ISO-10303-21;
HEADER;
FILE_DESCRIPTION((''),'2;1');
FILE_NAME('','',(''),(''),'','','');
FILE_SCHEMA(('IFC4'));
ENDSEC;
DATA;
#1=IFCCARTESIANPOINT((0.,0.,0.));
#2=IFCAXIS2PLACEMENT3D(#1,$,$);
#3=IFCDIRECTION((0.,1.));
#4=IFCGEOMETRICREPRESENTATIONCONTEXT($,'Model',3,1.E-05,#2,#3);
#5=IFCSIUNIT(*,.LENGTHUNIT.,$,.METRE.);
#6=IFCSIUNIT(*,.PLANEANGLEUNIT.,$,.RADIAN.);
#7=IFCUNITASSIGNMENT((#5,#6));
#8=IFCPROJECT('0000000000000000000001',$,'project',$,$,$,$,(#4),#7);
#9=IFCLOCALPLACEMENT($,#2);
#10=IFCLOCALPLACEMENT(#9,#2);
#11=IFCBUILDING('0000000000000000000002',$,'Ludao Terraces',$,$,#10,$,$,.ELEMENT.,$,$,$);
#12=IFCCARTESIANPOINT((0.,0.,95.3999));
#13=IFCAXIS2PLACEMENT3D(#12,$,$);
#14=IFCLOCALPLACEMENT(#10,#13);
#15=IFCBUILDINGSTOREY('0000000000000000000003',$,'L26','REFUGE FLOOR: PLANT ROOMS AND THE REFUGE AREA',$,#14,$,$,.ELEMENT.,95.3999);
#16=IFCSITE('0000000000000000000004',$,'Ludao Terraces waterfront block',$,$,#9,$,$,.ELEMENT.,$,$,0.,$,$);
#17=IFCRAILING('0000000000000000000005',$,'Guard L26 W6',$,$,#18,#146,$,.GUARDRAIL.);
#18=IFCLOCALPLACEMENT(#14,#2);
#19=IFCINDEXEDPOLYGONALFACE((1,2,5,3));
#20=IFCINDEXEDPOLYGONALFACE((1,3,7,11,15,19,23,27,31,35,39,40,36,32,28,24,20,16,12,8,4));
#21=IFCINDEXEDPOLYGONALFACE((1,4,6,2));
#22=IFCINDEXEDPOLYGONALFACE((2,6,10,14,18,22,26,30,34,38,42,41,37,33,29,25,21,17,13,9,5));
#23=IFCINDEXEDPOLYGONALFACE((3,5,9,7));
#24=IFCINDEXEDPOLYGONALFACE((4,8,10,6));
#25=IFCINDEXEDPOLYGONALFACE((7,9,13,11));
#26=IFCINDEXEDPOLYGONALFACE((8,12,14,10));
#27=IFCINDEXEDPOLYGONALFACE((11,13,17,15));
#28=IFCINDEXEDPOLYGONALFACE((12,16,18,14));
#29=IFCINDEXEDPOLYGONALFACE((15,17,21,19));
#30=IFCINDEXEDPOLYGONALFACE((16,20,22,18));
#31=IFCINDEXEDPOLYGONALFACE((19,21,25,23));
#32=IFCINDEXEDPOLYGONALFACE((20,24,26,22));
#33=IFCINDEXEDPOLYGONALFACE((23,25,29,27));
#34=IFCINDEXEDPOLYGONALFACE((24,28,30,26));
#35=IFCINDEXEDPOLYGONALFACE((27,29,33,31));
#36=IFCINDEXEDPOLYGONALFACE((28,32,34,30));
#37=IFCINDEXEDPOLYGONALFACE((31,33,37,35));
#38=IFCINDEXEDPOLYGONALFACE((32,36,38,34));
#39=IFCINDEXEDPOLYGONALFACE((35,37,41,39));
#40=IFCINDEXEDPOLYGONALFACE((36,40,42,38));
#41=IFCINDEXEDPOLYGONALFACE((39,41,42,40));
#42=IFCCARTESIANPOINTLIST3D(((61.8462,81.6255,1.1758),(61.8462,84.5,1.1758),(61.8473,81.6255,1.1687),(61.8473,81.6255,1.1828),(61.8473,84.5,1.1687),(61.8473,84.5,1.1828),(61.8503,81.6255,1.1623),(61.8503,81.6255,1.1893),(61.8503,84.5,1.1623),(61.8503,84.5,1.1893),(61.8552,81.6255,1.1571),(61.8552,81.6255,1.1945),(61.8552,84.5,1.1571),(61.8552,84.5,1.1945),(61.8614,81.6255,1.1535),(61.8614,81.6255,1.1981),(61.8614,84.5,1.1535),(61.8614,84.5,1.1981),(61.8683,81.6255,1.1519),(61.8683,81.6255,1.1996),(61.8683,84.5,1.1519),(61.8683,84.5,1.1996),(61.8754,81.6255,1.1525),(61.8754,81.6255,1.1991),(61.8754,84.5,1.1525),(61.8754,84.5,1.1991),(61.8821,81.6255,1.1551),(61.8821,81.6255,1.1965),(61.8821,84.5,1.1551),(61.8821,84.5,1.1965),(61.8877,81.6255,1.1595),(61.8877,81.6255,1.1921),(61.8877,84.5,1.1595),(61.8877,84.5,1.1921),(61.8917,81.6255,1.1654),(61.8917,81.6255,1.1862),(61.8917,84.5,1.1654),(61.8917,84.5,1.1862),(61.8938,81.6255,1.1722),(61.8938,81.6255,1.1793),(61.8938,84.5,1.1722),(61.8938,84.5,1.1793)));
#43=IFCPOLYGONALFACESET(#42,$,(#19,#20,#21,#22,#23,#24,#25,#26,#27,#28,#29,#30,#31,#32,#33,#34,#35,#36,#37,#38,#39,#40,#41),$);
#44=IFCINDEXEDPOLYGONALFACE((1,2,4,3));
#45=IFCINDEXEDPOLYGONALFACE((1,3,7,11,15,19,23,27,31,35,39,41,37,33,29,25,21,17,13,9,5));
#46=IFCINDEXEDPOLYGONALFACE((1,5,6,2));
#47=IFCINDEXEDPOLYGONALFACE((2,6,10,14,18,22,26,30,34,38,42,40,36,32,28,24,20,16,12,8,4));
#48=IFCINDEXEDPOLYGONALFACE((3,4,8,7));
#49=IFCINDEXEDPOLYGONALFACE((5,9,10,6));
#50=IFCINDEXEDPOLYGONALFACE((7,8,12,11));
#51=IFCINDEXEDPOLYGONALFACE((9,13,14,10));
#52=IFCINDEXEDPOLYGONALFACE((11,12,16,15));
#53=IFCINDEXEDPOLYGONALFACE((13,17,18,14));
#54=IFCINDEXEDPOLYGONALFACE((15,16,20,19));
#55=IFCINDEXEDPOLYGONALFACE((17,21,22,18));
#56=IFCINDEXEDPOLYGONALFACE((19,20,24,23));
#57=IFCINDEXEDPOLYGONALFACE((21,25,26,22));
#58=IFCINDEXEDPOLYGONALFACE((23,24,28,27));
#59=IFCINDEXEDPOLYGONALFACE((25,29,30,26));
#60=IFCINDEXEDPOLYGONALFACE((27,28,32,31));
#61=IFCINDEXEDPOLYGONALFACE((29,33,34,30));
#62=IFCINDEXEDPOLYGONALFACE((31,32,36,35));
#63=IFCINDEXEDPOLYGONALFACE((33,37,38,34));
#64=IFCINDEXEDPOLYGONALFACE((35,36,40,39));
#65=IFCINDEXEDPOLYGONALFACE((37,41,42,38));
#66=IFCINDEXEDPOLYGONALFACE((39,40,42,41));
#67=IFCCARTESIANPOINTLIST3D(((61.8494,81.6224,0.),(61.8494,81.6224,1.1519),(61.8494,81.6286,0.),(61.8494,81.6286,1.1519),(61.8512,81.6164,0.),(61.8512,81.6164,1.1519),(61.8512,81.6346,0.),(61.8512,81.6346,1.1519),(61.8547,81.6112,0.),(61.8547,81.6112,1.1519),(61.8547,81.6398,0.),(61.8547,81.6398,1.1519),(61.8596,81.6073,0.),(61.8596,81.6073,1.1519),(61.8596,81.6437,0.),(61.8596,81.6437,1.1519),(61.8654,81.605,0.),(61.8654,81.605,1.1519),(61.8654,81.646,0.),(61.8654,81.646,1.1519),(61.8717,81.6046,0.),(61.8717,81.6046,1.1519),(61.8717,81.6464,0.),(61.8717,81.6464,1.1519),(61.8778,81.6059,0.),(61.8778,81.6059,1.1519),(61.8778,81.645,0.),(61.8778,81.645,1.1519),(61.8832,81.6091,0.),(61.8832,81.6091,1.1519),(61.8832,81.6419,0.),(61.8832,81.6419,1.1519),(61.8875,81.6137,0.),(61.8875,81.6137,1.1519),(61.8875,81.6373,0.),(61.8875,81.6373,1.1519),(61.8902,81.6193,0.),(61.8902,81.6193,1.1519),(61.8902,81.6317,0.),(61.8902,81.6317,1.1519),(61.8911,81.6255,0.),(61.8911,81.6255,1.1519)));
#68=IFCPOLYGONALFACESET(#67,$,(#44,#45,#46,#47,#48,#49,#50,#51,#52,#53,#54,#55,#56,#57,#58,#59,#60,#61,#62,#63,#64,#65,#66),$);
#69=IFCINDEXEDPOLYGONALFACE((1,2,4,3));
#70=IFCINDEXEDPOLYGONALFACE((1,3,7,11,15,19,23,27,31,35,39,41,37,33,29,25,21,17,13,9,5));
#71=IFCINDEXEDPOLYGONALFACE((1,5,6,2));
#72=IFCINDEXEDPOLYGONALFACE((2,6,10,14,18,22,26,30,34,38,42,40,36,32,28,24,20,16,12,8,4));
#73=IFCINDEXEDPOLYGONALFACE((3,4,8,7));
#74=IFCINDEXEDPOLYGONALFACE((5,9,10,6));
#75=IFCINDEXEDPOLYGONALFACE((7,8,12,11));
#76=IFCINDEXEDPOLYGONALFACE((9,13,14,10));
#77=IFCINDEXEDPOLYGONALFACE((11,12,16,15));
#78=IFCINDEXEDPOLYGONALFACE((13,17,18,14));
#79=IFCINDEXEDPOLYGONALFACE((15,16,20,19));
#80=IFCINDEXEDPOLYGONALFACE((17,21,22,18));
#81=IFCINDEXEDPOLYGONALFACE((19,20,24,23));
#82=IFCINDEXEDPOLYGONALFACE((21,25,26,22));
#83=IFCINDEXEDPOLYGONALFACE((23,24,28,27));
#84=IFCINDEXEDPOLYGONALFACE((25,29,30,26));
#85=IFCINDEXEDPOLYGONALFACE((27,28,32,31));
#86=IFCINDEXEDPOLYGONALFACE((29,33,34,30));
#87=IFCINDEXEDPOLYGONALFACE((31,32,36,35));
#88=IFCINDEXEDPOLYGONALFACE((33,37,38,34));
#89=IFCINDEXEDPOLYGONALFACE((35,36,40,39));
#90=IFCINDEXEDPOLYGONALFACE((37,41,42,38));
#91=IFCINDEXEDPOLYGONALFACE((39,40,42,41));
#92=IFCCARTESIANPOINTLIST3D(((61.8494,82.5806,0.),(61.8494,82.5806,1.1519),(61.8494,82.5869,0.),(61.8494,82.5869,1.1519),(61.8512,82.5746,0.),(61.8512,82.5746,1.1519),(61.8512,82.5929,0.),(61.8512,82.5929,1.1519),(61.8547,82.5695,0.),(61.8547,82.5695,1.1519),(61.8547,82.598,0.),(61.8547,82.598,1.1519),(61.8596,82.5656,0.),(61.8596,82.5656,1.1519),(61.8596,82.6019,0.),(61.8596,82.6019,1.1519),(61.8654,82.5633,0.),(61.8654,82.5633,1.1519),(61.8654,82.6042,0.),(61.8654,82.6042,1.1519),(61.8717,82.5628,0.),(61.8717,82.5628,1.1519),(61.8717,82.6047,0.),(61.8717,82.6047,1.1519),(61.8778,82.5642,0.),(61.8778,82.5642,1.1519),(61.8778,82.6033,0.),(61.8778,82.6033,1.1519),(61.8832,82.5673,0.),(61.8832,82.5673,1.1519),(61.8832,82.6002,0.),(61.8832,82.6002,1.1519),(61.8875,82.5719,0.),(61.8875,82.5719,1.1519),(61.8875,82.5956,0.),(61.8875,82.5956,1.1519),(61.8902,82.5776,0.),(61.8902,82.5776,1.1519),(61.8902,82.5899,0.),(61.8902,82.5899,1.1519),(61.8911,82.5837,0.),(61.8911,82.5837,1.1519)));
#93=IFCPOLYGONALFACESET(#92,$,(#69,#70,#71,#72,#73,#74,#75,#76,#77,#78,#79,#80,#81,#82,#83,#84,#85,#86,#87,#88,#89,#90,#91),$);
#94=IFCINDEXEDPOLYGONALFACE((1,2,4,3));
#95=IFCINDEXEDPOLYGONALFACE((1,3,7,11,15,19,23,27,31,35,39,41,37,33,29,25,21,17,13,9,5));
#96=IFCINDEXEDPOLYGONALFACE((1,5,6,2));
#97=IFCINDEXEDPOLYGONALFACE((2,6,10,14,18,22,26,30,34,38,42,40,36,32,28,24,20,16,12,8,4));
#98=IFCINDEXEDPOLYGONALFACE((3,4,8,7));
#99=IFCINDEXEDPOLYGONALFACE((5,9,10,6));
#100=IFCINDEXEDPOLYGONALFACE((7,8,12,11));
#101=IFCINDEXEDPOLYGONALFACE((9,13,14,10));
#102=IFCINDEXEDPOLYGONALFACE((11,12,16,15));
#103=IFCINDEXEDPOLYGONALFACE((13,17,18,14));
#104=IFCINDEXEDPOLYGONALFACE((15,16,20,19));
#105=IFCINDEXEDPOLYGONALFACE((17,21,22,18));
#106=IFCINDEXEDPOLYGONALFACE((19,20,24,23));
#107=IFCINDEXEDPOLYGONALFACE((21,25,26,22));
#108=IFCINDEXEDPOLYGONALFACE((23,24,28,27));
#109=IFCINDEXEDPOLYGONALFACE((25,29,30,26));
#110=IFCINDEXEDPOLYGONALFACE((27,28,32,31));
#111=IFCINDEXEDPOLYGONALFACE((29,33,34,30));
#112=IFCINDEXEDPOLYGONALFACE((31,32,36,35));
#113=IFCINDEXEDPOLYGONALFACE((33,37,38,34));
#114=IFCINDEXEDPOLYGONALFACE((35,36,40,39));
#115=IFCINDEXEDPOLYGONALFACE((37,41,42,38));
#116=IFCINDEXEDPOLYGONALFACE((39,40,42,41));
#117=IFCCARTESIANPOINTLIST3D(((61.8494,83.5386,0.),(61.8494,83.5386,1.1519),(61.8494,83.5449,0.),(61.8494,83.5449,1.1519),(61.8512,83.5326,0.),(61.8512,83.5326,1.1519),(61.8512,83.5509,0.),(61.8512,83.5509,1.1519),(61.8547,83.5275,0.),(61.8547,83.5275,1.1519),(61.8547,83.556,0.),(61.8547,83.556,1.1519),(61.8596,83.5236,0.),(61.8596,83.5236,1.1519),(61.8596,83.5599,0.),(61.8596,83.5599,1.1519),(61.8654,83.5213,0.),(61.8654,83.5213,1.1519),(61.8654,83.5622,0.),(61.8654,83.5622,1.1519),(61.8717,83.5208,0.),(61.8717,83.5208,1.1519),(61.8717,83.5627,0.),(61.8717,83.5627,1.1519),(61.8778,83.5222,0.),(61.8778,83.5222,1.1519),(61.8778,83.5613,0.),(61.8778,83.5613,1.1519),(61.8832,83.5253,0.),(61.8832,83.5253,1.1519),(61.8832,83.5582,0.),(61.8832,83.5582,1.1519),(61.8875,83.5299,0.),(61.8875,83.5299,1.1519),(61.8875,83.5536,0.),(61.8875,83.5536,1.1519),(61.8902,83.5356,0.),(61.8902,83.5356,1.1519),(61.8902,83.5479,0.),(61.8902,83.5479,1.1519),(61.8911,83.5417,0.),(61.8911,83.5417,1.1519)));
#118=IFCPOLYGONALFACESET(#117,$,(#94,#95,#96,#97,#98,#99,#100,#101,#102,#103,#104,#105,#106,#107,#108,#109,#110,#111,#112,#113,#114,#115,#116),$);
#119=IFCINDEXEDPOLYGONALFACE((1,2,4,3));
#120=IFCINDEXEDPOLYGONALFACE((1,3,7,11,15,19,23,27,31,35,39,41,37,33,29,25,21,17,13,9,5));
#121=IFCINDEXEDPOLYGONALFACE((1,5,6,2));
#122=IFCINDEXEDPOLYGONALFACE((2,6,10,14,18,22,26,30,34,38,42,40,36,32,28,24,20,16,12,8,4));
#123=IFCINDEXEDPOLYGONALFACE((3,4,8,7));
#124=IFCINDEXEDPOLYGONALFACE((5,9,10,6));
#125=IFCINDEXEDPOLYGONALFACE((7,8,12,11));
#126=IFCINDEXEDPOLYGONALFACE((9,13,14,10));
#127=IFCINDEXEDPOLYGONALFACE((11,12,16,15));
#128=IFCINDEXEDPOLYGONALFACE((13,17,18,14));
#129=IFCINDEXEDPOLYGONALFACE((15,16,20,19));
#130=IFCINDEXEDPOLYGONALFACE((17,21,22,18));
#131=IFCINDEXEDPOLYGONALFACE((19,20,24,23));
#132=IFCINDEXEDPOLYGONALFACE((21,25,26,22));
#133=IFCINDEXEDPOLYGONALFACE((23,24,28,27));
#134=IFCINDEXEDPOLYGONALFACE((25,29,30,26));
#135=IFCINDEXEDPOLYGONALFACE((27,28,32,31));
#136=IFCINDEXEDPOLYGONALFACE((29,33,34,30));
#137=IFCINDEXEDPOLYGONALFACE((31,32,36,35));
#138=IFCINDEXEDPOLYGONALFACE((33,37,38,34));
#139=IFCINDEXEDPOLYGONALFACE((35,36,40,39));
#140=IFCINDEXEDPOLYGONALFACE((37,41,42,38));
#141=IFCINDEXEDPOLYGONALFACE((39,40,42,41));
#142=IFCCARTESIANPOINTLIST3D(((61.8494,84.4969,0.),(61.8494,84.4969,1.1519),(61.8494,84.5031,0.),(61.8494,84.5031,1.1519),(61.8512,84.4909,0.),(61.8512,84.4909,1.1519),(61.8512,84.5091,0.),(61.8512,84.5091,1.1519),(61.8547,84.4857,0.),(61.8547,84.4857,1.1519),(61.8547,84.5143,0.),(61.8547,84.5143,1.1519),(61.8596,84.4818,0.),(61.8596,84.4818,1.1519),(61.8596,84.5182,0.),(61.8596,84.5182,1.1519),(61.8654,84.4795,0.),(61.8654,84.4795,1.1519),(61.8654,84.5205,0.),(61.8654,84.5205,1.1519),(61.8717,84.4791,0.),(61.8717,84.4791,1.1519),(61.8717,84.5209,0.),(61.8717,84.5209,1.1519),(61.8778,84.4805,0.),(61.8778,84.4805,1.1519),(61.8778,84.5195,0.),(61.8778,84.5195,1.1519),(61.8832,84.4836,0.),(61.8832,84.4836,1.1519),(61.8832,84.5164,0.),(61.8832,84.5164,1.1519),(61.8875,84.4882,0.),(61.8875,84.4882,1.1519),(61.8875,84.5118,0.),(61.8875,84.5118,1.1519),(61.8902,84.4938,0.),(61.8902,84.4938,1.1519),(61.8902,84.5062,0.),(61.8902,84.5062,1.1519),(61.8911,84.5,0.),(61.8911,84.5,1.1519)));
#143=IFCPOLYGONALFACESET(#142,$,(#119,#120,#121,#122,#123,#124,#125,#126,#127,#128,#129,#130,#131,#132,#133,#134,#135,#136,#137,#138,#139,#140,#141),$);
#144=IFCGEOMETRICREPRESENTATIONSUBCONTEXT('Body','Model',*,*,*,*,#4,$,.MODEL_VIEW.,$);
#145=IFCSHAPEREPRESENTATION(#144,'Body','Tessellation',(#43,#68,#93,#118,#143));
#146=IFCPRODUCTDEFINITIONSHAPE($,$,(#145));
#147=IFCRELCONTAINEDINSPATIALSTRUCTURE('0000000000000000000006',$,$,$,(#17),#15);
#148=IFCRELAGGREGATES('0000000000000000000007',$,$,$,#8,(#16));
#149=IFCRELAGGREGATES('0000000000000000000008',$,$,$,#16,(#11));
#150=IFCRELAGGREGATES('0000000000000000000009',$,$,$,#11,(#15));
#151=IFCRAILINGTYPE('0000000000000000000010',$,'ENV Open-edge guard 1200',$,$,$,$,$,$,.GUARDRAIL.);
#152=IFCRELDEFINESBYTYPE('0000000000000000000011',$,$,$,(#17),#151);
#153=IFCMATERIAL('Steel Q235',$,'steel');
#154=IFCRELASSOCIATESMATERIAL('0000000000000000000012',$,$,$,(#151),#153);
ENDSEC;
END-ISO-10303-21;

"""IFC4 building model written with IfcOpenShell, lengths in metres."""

from ifc_helpers import new_model, si_unit, direction, frame, origin, origin_2d, place, context, subcontext, project, spatial, circle, extrude, material, type_object, element, save


model = new_model("IFC4")

# Units and contexts
model_context = context("Model", 3, precision=1e-05, world=origin(), true_north=direction((0.0, 1.0)))
body_context = subcontext(model_context, "Body", "Model", "MODEL_VIEW")
ifc_project = project(units=[si_unit("LENGTHUNIT", "METRE"), si_unit("PLANEANGLEUNIT", "RADIAN")], contexts=[model_context])

# Site, building, storey
site_placement = place(None, origin())
site = spatial("IfcSite", under=ifc_project, at=site_placement, Name="Ludao Terraces waterfront block", CompositionType="ELEMENT", RefElevation=0.0)
building_placement = place(site_placement, origin())
building = spatial("IfcBuilding", under=site, at=building_placement, Name="Ludao Terraces", CompositionType="ELEMENT")
storey_placement = place(building_placement, frame((0.0, 0.0, 95.3999)))
storey = spatial("IfcBuildingStorey", under=building, at=storey_placement, Name="L26", Description="REFUGE FLOOR: PLANT ROOMS AND THE REFUGE AREA", CompositionType="ELEMENT", Elevation=95.3999)

# Shared definitions
ifc_material_1 = material(Name="Steel Q235", Category="steel")

# Railing
railing_type = type_object("IfcRailingType", Name="ENV Open-edge guard 1200", PredefinedType="GUARDRAIL", material=ifc_material_1)
railing_1_placement = place(storey_placement, frame((61.8701, 81.6255, 0.0)))
element("IfcRailing", 1, at=railing_1_placement, inside=storey, type_object=railing_type, Name="Guard L26 W6", PredefinedType="GUARDRAIL", context=body_context, shape_type="SweptSolid", body=[
    extrude(circle(Radius=0.0239, at=origin_2d()), frame((0.0, 0.0, 1.1758), z_axis=(0.0, 1.0, 0.0), x_axis=(-1.0, 0.0, 0.0)), (0.0, 0.0, 1.0), 2.8745),
    extrude(circle(Radius=0.021, at=origin_2d()), origin(), (0.0, 0.0, 1.0), 1.1519),
    extrude(circle(Radius=0.021, at=origin_2d()), frame((0.0, 0.9583, 0.0)), (0.0, 0.0, 1.0), 1.1519),
    extrude(circle(Radius=0.021, at=origin_2d()), frame((0.0, 1.9163, 0.0)), (0.0, 0.0, 1.0), 1.1519),
    extrude(circle(Radius=0.021, at=origin_2d()), frame((0.0, 2.8745, 0.0)), (0.0, 0.0, 1.0), 1.1519),
])

save(model, "model.ifc")
